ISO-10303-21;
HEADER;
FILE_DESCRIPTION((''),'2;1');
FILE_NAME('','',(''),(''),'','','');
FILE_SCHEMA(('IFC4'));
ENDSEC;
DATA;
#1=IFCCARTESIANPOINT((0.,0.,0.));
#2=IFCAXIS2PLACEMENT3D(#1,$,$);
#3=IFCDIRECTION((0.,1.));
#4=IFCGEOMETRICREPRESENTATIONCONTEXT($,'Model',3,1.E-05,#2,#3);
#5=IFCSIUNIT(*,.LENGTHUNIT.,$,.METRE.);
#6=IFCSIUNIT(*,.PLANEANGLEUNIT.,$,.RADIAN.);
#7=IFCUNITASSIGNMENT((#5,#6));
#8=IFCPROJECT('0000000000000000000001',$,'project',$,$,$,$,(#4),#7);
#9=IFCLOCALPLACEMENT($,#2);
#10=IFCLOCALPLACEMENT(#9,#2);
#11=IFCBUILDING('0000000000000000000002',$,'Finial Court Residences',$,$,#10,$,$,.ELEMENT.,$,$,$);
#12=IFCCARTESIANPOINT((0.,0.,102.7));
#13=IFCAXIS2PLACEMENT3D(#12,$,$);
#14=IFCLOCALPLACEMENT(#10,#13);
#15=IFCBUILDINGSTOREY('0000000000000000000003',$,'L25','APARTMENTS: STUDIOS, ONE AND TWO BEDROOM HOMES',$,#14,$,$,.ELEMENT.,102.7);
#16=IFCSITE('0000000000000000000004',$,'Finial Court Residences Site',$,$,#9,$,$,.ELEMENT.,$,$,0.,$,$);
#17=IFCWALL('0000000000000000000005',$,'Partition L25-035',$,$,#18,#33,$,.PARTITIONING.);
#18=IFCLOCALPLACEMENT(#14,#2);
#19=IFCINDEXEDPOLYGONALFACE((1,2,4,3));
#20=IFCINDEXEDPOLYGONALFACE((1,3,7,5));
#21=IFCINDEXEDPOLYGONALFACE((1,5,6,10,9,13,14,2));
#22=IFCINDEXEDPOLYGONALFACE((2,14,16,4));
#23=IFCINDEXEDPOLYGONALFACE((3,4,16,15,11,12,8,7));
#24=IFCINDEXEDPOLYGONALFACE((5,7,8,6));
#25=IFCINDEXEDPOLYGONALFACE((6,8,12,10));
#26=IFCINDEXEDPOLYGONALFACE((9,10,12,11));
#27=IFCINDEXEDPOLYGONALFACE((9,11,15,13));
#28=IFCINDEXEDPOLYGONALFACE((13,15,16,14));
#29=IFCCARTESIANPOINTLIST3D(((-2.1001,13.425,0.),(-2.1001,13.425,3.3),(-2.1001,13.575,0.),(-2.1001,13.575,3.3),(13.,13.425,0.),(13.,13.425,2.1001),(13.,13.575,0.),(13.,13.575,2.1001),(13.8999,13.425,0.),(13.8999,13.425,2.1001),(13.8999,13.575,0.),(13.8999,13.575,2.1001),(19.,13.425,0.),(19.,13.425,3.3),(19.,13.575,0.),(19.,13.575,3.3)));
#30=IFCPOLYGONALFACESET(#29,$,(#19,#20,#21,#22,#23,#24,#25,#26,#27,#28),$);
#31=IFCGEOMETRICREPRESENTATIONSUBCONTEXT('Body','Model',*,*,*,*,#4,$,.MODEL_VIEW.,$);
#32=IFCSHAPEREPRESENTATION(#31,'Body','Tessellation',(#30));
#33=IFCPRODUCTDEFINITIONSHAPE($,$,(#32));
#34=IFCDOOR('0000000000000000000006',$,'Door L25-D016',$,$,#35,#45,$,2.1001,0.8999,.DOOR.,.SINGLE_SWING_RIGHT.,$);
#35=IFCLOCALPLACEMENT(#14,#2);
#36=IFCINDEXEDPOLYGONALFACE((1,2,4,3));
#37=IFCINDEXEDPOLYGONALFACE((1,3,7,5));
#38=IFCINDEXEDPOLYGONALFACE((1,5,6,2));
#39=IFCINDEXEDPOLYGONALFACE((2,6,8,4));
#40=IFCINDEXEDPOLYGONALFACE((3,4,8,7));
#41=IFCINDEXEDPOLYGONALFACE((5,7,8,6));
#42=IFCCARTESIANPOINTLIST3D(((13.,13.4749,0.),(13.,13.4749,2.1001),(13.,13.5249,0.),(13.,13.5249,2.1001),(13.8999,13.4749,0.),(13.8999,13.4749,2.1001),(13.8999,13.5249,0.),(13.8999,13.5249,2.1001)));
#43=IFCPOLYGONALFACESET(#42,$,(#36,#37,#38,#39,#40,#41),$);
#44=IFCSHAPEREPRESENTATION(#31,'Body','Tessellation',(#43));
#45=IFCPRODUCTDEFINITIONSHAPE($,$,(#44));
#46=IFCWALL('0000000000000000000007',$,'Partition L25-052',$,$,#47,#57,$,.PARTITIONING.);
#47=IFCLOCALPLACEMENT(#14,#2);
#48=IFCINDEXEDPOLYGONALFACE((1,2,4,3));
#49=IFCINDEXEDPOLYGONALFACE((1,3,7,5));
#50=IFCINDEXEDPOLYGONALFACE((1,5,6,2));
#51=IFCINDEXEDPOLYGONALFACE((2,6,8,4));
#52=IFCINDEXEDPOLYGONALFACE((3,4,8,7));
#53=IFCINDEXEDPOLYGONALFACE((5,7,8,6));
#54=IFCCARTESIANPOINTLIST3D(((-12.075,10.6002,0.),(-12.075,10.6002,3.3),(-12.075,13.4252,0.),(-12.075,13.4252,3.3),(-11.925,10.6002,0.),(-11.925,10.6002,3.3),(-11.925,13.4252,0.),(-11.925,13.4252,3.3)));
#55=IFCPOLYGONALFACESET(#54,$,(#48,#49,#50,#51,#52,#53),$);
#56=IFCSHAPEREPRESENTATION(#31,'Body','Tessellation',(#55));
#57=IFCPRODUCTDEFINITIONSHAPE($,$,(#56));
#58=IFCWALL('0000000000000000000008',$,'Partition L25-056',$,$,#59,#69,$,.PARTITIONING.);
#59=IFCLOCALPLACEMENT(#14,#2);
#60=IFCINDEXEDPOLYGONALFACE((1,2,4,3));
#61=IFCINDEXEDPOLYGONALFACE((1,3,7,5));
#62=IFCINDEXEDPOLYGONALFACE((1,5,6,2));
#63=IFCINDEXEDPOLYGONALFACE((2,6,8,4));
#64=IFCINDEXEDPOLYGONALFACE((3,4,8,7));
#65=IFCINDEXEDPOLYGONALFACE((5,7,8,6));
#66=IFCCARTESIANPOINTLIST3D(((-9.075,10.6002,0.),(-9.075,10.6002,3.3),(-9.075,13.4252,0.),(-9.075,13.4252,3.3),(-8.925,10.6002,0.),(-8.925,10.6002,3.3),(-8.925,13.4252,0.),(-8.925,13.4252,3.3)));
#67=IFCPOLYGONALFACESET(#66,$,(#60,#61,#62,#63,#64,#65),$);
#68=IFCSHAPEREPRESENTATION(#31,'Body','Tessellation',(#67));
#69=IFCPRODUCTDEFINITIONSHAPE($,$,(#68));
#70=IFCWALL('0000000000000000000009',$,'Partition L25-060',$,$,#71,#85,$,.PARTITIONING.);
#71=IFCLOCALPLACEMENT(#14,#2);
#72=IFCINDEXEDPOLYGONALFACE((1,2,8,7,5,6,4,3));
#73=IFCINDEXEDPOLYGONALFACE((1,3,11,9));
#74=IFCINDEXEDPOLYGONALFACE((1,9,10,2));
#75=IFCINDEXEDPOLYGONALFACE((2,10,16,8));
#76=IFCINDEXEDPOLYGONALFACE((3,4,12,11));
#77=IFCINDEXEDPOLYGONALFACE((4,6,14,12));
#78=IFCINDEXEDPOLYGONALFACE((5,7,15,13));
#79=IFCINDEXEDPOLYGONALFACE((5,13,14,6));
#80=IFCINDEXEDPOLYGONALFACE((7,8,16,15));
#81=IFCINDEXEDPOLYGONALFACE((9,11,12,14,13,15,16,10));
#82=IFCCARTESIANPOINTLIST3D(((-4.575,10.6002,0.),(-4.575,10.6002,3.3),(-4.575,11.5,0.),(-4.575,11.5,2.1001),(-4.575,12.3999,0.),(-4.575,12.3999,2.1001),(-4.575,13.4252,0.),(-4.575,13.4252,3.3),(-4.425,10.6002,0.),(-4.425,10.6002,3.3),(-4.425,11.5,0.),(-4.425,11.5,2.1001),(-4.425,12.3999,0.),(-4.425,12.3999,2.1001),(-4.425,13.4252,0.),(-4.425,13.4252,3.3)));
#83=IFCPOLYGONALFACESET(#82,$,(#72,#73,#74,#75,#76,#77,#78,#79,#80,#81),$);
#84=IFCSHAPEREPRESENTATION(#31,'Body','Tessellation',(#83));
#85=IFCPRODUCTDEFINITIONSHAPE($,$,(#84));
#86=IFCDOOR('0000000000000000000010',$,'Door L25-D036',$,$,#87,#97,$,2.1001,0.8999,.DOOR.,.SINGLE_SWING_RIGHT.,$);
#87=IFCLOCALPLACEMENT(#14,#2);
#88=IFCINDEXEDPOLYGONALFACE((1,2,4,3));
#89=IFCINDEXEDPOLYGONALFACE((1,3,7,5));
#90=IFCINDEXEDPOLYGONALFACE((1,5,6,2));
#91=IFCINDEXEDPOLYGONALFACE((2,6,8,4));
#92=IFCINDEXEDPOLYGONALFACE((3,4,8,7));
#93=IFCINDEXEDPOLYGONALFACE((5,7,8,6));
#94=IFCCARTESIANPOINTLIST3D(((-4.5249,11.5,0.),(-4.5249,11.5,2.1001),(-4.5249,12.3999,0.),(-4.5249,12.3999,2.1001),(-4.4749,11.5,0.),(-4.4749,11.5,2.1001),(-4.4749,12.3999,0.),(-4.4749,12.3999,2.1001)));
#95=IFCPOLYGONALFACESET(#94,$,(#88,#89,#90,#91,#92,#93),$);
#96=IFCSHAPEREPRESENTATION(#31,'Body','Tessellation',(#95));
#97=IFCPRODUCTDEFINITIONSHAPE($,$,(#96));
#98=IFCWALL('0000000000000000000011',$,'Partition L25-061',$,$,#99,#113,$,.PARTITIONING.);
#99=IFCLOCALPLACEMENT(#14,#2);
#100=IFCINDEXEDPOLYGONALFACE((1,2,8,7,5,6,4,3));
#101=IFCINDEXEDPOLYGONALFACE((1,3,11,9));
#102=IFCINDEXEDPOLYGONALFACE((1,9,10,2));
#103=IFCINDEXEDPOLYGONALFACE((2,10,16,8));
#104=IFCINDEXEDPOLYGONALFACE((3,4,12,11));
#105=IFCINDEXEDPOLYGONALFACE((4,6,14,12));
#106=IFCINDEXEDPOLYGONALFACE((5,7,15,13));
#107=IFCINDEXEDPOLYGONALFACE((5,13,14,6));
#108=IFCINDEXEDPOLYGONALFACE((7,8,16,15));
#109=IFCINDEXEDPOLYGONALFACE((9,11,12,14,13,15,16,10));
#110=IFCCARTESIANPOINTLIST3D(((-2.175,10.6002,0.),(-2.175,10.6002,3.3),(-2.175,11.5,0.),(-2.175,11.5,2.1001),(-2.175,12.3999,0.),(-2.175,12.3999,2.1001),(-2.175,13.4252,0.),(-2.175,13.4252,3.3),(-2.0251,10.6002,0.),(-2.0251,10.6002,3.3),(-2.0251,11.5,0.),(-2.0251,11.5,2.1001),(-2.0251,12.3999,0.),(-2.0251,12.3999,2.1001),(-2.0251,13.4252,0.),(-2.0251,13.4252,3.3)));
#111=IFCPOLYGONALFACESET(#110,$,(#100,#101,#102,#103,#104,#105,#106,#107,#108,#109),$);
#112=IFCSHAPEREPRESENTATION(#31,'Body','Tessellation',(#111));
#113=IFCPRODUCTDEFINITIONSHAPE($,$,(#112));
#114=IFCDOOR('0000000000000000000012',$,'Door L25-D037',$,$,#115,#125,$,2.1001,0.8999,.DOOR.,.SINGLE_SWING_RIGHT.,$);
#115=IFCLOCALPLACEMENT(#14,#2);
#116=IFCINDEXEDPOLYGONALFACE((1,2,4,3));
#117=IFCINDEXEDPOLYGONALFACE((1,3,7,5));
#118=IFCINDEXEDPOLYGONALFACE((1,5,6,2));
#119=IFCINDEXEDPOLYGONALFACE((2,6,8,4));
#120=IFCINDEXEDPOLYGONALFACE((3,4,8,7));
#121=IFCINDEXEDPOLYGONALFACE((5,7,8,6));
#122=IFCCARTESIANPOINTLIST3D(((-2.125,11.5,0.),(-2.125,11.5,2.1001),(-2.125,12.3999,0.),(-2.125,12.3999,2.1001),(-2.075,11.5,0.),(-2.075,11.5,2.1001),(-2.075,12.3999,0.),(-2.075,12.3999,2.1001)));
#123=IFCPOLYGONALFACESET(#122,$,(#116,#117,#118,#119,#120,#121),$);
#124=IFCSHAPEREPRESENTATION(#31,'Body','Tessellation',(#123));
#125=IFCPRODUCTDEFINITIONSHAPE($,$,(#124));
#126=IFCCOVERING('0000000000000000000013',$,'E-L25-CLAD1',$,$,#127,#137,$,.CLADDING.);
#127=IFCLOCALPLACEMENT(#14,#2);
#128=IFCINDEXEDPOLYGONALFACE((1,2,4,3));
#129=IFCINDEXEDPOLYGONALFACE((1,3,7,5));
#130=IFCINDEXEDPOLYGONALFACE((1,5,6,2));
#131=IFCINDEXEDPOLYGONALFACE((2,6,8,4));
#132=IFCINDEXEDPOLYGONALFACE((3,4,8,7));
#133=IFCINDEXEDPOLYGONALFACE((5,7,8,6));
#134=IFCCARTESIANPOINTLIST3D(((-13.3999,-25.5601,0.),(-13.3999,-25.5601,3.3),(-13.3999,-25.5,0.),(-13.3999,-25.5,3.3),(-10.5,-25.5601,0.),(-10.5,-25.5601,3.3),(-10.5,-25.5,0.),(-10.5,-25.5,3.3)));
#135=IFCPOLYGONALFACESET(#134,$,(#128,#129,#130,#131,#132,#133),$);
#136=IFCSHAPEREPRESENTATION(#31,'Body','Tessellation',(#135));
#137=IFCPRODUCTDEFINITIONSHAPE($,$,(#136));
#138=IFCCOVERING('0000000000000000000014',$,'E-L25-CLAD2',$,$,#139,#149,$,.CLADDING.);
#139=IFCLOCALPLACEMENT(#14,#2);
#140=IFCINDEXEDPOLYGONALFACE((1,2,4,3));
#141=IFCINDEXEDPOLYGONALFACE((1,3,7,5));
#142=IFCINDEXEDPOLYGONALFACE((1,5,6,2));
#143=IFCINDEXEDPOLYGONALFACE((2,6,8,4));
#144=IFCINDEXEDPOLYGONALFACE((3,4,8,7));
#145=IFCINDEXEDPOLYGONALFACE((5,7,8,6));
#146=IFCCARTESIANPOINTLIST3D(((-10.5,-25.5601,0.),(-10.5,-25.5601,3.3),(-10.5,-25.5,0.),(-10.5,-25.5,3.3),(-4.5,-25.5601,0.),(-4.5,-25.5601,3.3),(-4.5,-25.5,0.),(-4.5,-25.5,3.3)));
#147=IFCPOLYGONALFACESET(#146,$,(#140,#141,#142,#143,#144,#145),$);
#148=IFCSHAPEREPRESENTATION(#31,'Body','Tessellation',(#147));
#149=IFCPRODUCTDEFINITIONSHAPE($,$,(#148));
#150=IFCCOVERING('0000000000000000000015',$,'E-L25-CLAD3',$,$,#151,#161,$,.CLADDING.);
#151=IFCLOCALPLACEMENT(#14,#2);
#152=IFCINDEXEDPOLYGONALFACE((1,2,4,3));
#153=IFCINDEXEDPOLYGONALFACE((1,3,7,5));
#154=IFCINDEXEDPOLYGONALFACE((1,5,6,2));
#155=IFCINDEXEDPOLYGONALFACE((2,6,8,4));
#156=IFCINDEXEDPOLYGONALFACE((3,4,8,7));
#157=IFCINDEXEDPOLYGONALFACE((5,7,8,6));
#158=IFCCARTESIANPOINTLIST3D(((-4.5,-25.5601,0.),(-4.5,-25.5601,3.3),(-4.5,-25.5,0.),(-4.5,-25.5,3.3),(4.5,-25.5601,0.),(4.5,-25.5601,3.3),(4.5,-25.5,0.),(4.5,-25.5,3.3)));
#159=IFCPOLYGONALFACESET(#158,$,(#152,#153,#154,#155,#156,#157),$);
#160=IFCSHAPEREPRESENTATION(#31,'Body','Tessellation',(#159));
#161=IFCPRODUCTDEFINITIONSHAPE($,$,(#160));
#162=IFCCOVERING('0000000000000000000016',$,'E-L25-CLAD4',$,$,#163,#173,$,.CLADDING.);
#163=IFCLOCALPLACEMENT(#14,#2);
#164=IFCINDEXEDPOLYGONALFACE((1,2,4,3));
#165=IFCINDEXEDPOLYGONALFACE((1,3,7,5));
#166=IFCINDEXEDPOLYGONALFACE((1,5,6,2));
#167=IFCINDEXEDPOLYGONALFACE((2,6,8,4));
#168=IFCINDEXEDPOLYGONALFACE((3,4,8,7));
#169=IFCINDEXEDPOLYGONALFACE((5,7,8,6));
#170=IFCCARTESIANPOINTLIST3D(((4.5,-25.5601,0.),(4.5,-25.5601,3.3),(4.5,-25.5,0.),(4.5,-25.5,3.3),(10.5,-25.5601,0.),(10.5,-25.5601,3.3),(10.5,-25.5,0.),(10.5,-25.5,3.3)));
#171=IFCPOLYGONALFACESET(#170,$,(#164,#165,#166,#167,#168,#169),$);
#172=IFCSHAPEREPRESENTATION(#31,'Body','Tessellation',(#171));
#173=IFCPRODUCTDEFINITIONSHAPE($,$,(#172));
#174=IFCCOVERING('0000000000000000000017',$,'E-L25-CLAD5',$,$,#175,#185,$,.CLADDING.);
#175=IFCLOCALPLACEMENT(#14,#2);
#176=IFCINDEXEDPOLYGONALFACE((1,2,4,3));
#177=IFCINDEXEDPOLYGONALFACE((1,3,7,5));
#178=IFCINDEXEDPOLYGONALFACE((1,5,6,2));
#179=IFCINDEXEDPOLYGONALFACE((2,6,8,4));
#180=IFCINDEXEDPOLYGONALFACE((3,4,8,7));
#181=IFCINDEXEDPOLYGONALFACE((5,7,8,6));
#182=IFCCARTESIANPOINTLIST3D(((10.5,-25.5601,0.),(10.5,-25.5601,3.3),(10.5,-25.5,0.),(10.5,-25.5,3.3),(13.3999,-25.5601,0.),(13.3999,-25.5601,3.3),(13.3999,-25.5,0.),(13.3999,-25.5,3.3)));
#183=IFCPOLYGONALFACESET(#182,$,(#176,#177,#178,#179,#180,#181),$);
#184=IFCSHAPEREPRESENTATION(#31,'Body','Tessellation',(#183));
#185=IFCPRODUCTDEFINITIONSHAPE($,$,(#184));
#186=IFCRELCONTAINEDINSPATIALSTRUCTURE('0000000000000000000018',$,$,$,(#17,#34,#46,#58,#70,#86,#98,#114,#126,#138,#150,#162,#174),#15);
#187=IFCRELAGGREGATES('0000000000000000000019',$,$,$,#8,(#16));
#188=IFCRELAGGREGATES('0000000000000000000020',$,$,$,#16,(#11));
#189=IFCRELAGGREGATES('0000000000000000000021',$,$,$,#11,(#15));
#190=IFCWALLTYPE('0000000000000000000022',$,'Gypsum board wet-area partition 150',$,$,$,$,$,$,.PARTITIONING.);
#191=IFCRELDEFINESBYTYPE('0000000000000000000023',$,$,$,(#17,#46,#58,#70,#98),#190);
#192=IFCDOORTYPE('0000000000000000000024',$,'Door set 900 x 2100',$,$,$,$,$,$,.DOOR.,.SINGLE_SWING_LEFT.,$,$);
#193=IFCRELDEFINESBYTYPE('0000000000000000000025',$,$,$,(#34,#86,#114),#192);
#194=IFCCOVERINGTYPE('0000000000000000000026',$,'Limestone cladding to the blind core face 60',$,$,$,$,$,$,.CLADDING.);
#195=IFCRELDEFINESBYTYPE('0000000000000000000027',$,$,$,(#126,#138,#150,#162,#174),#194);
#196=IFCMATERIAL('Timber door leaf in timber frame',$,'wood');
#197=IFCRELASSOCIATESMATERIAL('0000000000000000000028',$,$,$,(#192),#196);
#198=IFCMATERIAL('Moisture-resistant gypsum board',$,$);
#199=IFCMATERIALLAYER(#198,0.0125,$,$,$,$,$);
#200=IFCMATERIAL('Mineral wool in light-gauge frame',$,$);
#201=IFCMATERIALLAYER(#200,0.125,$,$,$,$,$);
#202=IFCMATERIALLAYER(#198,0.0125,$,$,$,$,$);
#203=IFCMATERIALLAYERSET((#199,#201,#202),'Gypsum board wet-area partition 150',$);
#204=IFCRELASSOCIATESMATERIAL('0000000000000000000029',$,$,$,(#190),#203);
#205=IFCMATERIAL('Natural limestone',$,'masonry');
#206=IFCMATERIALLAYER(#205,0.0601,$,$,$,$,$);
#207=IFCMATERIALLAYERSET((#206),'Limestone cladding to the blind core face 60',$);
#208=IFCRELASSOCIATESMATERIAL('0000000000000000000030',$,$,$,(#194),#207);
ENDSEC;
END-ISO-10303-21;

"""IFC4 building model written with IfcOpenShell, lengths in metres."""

from ifc_helpers import new_model, si_unit, direction, frame, frame_2d, origin, place, context, subcontext, project, spatial, polyline, rectangle, outline, extrude, material, layer, layer_set, type_object, element, fill, save


model = new_model("IFC4")

# Units and contexts
model_context = context("Model", 3, precision=1e-05, world=origin(), true_north=direction((0.0, 1.0)))
body_context = subcontext(model_context, "Body", "Model", "MODEL_VIEW")
ifc_project = project(units=[si_unit("LENGTHUNIT", "METRE"), si_unit("PLANEANGLEUNIT", "RADIAN")], contexts=[model_context])

# Site, building, storey
site_placement = place(None, origin())
site = spatial("IfcSite", under=ifc_project, at=site_placement, Name="Finial Court Residences Site", CompositionType="ELEMENT", RefElevation=0.0)
building_placement = place(site_placement, origin())
building = spatial("IfcBuilding", under=site, at=building_placement, Name="Finial Court Residences", CompositionType="ELEMENT")
storey_placement = place(building_placement, frame((0.0, 0.0, 102.7)))
storey = spatial("IfcBuildingStorey", under=building, at=storey_placement, Name="L25", Description="APARTMENTS: STUDIOS, ONE AND TWO BEDROOM HOMES", CompositionType="ELEMENT", Elevation=102.7)

# Shared definitions
ifc_material_1 = material(Name="Mineral wool in light-gauge frame")

# Shared definitions
ifc_material_2 = material(Name="Timber door leaf in timber frame", Category="wood")
door_type = type_object("IfcDoorType", Name="Door set 900 x 2100", OperationType="SINGLE_SWING_LEFT", PredefinedType="DOOR", material=ifc_material_2)

# Shared definitions
ifc_material_3 = material(Name="Moisture-resistant gypsum board")
ifc_layer_1 = layer(ifc_material_3, 0.0125)
ifc_layer_2 = layer(ifc_material_1, 0.125)
ifc_layer_3 = layer(ifc_material_3, 0.0125)
ifc_layer_set_1 = layer_set([ifc_layer_1, ifc_layer_2, ifc_layer_3], Name="Gypsum board wet-area partition 150")
wall_type_1 = type_object("IfcWallType", Name="Gypsum board wet-area partition 150", PredefinedType="PARTITIONING", material=ifc_layer_set_1)

# Wall, opening, door
wall_1_placement = place(storey_placement, frame((-2.1001, 13.5, 0.0), z_axis=(0.0, 0.0, 1.0), x_axis=(1.0, 0.0, 0.0)))
wall_1 = element("IfcWall", 1, at=wall_1_placement, inside=storey, type_object=wall_type_1, Name="Partition L25-035", PredefinedType="PARTITIONING", context=body_context, shape_type="SweptSolid", body=[
    extrude(rectangle(XDim=21.1001, YDim=0.1499, at=frame_2d((10.55, 0.0))), origin(), (0.0, 0.0, 1.0), 3.3),
])
opening_1_placement = place(wall_1_placement, frame((15.1001, 0.0, 0.0)))
opening_1 = element("IfcOpeningElement", 2, at=opening_1_placement, cuts=wall_1, PredefinedType="OPENING", context=body_context, shape_type="SweptSolid", body=[
    extrude(rectangle(XDim=0.8999, YDim=2.1001, at=frame_2d((0.45, 1.05))), frame((0.0, 0.085, 0.0), z_axis=(0.0, -1.0, 0.0), x_axis=(1.0, 0.0, 0.0)), (0.0, 0.0, 1.0), 0.1699),
])
door_1_placement = place(opening_1_placement, origin())
door_1 = element("IfcDoor", 3, at=door_1_placement, inside=storey, type_object=door_type, Name="Door L25-D016", OperationType="SINGLE_SWING_RIGHT", OverallHeight=2.1001, OverallWidth=0.8999, PredefinedType="DOOR", context=body_context, shape_type="SweptSolid", body=[
    extrude(rectangle(XDim=0.8999, YDim=2.1001, at=frame_2d((0.45, 1.05))), frame((0.0, 0.0249, 0.0), z_axis=(0.0, -1.0, 0.0), x_axis=(1.0, 0.0, 0.0)), (0.0, 0.0, 1.0), 0.05),
])
fill(opening_1, door_1)

# Walls
for number, where, z_axis, x_axis, name in (
    (4, (-12.0, 10.6001, 0.0), (0.0, 0.0, 1.0), (0.0, 1.0, 0.0), "Partition L25-052"),
    (5, (-9.0, 10.6001, 0.0), (0.0, 0.0, 1.0), (0.0, 1.0, 0.0), "Partition L25-056"),
):
    element("IfcWall", number, at=place(storey_placement, frame(where, z_axis=z_axis, x_axis=x_axis)), inside=storey, type_object=wall_type_1, Name=name, PredefinedType="PARTITIONING", context=body_context, shape_type="SweptSolid", body=[
        extrude(rectangle(XDim=2.825, YDim=0.1499, at=frame_2d((1.4126, 0.0))), origin(), (0.0, 0.0, 1.0), 3.3),
    ])

# Walls, openings, doors
wall_2_placement = place(storey_placement, frame((-4.5, 10.6001, 0.0), z_axis=(0.0, 0.0, 1.0), x_axis=(0.0, 1.0, 0.0)))
wall_2 = element("IfcWall", 6, at=wall_2_placement, inside=storey, type_object=wall_type_1, Name="Partition L25-060", PredefinedType="PARTITIONING", context=body_context, shape_type="SweptSolid", body=[
    extrude(rectangle(XDim=2.825, YDim=0.1499, at=frame_2d((1.4126, 0.0))), origin(), (0.0, 0.0, 1.0), 3.3),
])
opening_2_placement = place(wall_2_placement, frame((0.8999, 0.0, 0.0)))
opening_2 = element("IfcOpeningElement", 7, at=opening_2_placement, cuts=wall_2, PredefinedType="OPENING", context=body_context, shape_type="SweptSolid", body=[
    extrude(rectangle(XDim=0.8999, YDim=2.1001, at=frame_2d((0.45, 1.05))), frame((0.0, 0.085, 0.0), z_axis=(0.0, -1.0, 0.0), x_axis=(1.0, 0.0, 0.0)), (0.0, 0.0, 1.0), 0.1699),
])
door_2_placement = place(opening_2_placement, origin())
door_2 = element("IfcDoor", 8, at=door_2_placement, inside=storey, type_object=door_type, Name="Door L25-D036", OperationType="SINGLE_SWING_RIGHT", OverallHeight=2.1001, OverallWidth=0.8999, PredefinedType="DOOR", context=body_context, shape_type="SweptSolid", body=[
    extrude(rectangle(XDim=0.8999, YDim=2.1001, at=frame_2d((0.45, 1.05))), frame((0.0, 0.0249, 0.0), z_axis=(0.0, -1.0, 0.0), x_axis=(1.0, 0.0, 0.0)), (0.0, 0.0, 1.0), 0.05),
])
fill(opening_2, door_2)
wall_3_placement = place(storey_placement, frame((-2.1001, 10.6001, 0.0), z_axis=(0.0, 0.0, 1.0), x_axis=(0.0, 1.0, 0.0)))
wall_3 = element("IfcWall", 9, at=wall_3_placement, inside=storey, type_object=wall_type_1, Name="Partition L25-061", PredefinedType="PARTITIONING", context=body_context, shape_type="SweptSolid", body=[
    extrude(rectangle(XDim=2.825, YDim=0.1499, at=frame_2d((1.4126, 0.0))), origin(), (0.0, 0.0, 1.0), 3.3),
])
opening_3_placement = place(wall_3_placement, frame((0.8999, 0.0, 0.0)))
opening_3 = element("IfcOpeningElement", 10, at=opening_3_placement, cuts=wall_3, PredefinedType="OPENING", context=body_context, shape_type="SweptSolid", body=[
    extrude(rectangle(XDim=0.8999, YDim=2.1001, at=frame_2d((0.45, 1.05))), frame((0.0, 0.085, 0.0), z_axis=(0.0, -1.0, 0.0), x_axis=(1.0, 0.0, 0.0)), (0.0, 0.0, 1.0), 0.1699),
])
door_3_placement = place(opening_3_placement, origin())
door_3 = element("IfcDoor", 11, at=door_3_placement, inside=storey, type_object=door_type, Name="Door L25-D037", OperationType="SINGLE_SWING_RIGHT", OverallHeight=2.1001, OverallWidth=0.8999, PredefinedType="DOOR", context=body_context, shape_type="SweptSolid", body=[
    extrude(rectangle(XDim=0.8999, YDim=2.1001, at=frame_2d((0.45, 1.05))), frame((0.0, 0.0249, 0.0), z_axis=(0.0, -1.0, 0.0), x_axis=(1.0, 0.0, 0.0)), (0.0, 0.0, 1.0), 0.05),
])
fill(opening_3, door_3)

# Coverings
ifc_material_4 = material(Name="Natural limestone", Category="masonry")
ifc_layer_4 = layer(ifc_material_4, 0.0601)
ifc_layer_set_2 = layer_set([ifc_layer_4], Name="Limestone cladding to the blind core face 60")
covering_type = type_object("IfcCoveringType", Name="Limestone cladding to the blind core face 60", PredefinedType="CLADDING", material=ifc_layer_set_2)
covering_1_placement = place(storey_placement, origin())
element("IfcCovering", 12, at=covering_1_placement, inside=storey, type_object=covering_type, Name="E-L25-CLAD1", PredefinedType="CLADDING", context=body_context, shape_type="SweptSolid", body=[
    extrude(outline(polyline([(-10.5, -25.5601), (-10.5, -25.5), (-13.3999, -25.5), (-13.3999, -25.5601), (-10.5, -25.5601)])), origin(), (0.0, 0.0, 1.0), 3.3),
])
covering_2_placement = place(storey_placement, origin())
element("IfcCovering", 13, at=covering_2_placement, inside=storey, type_object=covering_type, Name="E-L25-CLAD2", PredefinedType="CLADDING", context=body_context, shape_type="SweptSolid", body=[
    extrude(outline(polyline([(-4.5, -25.5601), (-4.5, -25.5), (-10.5, -25.5), (-10.5, -25.5601), (-4.5, -25.5601)])), origin(), (0.0, 0.0, 1.0), 3.3),
])
covering_3_placement = place(storey_placement, origin())
element("IfcCovering", 14, at=covering_3_placement, inside=storey, type_object=covering_type, Name="E-L25-CLAD3", PredefinedType="CLADDING", context=body_context, shape_type="SweptSolid", body=[
    extrude(outline(polyline([(4.5, -25.5601), (4.5, -25.5), (-4.5, -25.5), (-4.5, -25.5601), (4.5, -25.5601)])), origin(), (0.0, 0.0, 1.0), 3.3),
])
covering_4_placement = place(storey_placement, origin())
element("IfcCovering", 15, at=covering_4_placement, inside=storey, type_object=covering_type, Name="E-L25-CLAD4", PredefinedType="CLADDING", context=body_context, shape_type="SweptSolid", body=[
    extrude(outline(polyline([(10.5, -25.5601), (10.5, -25.5), (4.5, -25.5), (4.5, -25.5601), (10.5, -25.5601)])), origin(), (0.0, 0.0, 1.0), 3.3),
])
covering_5_placement = place(storey_placement, origin())
element("IfcCovering", 16, at=covering_5_placement, inside=storey, type_object=covering_type, Name="E-L25-CLAD5", PredefinedType="CLADDING", context=body_context, shape_type="SweptSolid", body=[
    extrude(outline(polyline([(13.3999, -25.5601), (13.3999, -25.5), (10.5, -25.5), (10.5, -25.5601), (13.3999, -25.5601)])), origin(), (0.0, 0.0, 1.0), 3.3),
])

save(model, "model.ifc")
